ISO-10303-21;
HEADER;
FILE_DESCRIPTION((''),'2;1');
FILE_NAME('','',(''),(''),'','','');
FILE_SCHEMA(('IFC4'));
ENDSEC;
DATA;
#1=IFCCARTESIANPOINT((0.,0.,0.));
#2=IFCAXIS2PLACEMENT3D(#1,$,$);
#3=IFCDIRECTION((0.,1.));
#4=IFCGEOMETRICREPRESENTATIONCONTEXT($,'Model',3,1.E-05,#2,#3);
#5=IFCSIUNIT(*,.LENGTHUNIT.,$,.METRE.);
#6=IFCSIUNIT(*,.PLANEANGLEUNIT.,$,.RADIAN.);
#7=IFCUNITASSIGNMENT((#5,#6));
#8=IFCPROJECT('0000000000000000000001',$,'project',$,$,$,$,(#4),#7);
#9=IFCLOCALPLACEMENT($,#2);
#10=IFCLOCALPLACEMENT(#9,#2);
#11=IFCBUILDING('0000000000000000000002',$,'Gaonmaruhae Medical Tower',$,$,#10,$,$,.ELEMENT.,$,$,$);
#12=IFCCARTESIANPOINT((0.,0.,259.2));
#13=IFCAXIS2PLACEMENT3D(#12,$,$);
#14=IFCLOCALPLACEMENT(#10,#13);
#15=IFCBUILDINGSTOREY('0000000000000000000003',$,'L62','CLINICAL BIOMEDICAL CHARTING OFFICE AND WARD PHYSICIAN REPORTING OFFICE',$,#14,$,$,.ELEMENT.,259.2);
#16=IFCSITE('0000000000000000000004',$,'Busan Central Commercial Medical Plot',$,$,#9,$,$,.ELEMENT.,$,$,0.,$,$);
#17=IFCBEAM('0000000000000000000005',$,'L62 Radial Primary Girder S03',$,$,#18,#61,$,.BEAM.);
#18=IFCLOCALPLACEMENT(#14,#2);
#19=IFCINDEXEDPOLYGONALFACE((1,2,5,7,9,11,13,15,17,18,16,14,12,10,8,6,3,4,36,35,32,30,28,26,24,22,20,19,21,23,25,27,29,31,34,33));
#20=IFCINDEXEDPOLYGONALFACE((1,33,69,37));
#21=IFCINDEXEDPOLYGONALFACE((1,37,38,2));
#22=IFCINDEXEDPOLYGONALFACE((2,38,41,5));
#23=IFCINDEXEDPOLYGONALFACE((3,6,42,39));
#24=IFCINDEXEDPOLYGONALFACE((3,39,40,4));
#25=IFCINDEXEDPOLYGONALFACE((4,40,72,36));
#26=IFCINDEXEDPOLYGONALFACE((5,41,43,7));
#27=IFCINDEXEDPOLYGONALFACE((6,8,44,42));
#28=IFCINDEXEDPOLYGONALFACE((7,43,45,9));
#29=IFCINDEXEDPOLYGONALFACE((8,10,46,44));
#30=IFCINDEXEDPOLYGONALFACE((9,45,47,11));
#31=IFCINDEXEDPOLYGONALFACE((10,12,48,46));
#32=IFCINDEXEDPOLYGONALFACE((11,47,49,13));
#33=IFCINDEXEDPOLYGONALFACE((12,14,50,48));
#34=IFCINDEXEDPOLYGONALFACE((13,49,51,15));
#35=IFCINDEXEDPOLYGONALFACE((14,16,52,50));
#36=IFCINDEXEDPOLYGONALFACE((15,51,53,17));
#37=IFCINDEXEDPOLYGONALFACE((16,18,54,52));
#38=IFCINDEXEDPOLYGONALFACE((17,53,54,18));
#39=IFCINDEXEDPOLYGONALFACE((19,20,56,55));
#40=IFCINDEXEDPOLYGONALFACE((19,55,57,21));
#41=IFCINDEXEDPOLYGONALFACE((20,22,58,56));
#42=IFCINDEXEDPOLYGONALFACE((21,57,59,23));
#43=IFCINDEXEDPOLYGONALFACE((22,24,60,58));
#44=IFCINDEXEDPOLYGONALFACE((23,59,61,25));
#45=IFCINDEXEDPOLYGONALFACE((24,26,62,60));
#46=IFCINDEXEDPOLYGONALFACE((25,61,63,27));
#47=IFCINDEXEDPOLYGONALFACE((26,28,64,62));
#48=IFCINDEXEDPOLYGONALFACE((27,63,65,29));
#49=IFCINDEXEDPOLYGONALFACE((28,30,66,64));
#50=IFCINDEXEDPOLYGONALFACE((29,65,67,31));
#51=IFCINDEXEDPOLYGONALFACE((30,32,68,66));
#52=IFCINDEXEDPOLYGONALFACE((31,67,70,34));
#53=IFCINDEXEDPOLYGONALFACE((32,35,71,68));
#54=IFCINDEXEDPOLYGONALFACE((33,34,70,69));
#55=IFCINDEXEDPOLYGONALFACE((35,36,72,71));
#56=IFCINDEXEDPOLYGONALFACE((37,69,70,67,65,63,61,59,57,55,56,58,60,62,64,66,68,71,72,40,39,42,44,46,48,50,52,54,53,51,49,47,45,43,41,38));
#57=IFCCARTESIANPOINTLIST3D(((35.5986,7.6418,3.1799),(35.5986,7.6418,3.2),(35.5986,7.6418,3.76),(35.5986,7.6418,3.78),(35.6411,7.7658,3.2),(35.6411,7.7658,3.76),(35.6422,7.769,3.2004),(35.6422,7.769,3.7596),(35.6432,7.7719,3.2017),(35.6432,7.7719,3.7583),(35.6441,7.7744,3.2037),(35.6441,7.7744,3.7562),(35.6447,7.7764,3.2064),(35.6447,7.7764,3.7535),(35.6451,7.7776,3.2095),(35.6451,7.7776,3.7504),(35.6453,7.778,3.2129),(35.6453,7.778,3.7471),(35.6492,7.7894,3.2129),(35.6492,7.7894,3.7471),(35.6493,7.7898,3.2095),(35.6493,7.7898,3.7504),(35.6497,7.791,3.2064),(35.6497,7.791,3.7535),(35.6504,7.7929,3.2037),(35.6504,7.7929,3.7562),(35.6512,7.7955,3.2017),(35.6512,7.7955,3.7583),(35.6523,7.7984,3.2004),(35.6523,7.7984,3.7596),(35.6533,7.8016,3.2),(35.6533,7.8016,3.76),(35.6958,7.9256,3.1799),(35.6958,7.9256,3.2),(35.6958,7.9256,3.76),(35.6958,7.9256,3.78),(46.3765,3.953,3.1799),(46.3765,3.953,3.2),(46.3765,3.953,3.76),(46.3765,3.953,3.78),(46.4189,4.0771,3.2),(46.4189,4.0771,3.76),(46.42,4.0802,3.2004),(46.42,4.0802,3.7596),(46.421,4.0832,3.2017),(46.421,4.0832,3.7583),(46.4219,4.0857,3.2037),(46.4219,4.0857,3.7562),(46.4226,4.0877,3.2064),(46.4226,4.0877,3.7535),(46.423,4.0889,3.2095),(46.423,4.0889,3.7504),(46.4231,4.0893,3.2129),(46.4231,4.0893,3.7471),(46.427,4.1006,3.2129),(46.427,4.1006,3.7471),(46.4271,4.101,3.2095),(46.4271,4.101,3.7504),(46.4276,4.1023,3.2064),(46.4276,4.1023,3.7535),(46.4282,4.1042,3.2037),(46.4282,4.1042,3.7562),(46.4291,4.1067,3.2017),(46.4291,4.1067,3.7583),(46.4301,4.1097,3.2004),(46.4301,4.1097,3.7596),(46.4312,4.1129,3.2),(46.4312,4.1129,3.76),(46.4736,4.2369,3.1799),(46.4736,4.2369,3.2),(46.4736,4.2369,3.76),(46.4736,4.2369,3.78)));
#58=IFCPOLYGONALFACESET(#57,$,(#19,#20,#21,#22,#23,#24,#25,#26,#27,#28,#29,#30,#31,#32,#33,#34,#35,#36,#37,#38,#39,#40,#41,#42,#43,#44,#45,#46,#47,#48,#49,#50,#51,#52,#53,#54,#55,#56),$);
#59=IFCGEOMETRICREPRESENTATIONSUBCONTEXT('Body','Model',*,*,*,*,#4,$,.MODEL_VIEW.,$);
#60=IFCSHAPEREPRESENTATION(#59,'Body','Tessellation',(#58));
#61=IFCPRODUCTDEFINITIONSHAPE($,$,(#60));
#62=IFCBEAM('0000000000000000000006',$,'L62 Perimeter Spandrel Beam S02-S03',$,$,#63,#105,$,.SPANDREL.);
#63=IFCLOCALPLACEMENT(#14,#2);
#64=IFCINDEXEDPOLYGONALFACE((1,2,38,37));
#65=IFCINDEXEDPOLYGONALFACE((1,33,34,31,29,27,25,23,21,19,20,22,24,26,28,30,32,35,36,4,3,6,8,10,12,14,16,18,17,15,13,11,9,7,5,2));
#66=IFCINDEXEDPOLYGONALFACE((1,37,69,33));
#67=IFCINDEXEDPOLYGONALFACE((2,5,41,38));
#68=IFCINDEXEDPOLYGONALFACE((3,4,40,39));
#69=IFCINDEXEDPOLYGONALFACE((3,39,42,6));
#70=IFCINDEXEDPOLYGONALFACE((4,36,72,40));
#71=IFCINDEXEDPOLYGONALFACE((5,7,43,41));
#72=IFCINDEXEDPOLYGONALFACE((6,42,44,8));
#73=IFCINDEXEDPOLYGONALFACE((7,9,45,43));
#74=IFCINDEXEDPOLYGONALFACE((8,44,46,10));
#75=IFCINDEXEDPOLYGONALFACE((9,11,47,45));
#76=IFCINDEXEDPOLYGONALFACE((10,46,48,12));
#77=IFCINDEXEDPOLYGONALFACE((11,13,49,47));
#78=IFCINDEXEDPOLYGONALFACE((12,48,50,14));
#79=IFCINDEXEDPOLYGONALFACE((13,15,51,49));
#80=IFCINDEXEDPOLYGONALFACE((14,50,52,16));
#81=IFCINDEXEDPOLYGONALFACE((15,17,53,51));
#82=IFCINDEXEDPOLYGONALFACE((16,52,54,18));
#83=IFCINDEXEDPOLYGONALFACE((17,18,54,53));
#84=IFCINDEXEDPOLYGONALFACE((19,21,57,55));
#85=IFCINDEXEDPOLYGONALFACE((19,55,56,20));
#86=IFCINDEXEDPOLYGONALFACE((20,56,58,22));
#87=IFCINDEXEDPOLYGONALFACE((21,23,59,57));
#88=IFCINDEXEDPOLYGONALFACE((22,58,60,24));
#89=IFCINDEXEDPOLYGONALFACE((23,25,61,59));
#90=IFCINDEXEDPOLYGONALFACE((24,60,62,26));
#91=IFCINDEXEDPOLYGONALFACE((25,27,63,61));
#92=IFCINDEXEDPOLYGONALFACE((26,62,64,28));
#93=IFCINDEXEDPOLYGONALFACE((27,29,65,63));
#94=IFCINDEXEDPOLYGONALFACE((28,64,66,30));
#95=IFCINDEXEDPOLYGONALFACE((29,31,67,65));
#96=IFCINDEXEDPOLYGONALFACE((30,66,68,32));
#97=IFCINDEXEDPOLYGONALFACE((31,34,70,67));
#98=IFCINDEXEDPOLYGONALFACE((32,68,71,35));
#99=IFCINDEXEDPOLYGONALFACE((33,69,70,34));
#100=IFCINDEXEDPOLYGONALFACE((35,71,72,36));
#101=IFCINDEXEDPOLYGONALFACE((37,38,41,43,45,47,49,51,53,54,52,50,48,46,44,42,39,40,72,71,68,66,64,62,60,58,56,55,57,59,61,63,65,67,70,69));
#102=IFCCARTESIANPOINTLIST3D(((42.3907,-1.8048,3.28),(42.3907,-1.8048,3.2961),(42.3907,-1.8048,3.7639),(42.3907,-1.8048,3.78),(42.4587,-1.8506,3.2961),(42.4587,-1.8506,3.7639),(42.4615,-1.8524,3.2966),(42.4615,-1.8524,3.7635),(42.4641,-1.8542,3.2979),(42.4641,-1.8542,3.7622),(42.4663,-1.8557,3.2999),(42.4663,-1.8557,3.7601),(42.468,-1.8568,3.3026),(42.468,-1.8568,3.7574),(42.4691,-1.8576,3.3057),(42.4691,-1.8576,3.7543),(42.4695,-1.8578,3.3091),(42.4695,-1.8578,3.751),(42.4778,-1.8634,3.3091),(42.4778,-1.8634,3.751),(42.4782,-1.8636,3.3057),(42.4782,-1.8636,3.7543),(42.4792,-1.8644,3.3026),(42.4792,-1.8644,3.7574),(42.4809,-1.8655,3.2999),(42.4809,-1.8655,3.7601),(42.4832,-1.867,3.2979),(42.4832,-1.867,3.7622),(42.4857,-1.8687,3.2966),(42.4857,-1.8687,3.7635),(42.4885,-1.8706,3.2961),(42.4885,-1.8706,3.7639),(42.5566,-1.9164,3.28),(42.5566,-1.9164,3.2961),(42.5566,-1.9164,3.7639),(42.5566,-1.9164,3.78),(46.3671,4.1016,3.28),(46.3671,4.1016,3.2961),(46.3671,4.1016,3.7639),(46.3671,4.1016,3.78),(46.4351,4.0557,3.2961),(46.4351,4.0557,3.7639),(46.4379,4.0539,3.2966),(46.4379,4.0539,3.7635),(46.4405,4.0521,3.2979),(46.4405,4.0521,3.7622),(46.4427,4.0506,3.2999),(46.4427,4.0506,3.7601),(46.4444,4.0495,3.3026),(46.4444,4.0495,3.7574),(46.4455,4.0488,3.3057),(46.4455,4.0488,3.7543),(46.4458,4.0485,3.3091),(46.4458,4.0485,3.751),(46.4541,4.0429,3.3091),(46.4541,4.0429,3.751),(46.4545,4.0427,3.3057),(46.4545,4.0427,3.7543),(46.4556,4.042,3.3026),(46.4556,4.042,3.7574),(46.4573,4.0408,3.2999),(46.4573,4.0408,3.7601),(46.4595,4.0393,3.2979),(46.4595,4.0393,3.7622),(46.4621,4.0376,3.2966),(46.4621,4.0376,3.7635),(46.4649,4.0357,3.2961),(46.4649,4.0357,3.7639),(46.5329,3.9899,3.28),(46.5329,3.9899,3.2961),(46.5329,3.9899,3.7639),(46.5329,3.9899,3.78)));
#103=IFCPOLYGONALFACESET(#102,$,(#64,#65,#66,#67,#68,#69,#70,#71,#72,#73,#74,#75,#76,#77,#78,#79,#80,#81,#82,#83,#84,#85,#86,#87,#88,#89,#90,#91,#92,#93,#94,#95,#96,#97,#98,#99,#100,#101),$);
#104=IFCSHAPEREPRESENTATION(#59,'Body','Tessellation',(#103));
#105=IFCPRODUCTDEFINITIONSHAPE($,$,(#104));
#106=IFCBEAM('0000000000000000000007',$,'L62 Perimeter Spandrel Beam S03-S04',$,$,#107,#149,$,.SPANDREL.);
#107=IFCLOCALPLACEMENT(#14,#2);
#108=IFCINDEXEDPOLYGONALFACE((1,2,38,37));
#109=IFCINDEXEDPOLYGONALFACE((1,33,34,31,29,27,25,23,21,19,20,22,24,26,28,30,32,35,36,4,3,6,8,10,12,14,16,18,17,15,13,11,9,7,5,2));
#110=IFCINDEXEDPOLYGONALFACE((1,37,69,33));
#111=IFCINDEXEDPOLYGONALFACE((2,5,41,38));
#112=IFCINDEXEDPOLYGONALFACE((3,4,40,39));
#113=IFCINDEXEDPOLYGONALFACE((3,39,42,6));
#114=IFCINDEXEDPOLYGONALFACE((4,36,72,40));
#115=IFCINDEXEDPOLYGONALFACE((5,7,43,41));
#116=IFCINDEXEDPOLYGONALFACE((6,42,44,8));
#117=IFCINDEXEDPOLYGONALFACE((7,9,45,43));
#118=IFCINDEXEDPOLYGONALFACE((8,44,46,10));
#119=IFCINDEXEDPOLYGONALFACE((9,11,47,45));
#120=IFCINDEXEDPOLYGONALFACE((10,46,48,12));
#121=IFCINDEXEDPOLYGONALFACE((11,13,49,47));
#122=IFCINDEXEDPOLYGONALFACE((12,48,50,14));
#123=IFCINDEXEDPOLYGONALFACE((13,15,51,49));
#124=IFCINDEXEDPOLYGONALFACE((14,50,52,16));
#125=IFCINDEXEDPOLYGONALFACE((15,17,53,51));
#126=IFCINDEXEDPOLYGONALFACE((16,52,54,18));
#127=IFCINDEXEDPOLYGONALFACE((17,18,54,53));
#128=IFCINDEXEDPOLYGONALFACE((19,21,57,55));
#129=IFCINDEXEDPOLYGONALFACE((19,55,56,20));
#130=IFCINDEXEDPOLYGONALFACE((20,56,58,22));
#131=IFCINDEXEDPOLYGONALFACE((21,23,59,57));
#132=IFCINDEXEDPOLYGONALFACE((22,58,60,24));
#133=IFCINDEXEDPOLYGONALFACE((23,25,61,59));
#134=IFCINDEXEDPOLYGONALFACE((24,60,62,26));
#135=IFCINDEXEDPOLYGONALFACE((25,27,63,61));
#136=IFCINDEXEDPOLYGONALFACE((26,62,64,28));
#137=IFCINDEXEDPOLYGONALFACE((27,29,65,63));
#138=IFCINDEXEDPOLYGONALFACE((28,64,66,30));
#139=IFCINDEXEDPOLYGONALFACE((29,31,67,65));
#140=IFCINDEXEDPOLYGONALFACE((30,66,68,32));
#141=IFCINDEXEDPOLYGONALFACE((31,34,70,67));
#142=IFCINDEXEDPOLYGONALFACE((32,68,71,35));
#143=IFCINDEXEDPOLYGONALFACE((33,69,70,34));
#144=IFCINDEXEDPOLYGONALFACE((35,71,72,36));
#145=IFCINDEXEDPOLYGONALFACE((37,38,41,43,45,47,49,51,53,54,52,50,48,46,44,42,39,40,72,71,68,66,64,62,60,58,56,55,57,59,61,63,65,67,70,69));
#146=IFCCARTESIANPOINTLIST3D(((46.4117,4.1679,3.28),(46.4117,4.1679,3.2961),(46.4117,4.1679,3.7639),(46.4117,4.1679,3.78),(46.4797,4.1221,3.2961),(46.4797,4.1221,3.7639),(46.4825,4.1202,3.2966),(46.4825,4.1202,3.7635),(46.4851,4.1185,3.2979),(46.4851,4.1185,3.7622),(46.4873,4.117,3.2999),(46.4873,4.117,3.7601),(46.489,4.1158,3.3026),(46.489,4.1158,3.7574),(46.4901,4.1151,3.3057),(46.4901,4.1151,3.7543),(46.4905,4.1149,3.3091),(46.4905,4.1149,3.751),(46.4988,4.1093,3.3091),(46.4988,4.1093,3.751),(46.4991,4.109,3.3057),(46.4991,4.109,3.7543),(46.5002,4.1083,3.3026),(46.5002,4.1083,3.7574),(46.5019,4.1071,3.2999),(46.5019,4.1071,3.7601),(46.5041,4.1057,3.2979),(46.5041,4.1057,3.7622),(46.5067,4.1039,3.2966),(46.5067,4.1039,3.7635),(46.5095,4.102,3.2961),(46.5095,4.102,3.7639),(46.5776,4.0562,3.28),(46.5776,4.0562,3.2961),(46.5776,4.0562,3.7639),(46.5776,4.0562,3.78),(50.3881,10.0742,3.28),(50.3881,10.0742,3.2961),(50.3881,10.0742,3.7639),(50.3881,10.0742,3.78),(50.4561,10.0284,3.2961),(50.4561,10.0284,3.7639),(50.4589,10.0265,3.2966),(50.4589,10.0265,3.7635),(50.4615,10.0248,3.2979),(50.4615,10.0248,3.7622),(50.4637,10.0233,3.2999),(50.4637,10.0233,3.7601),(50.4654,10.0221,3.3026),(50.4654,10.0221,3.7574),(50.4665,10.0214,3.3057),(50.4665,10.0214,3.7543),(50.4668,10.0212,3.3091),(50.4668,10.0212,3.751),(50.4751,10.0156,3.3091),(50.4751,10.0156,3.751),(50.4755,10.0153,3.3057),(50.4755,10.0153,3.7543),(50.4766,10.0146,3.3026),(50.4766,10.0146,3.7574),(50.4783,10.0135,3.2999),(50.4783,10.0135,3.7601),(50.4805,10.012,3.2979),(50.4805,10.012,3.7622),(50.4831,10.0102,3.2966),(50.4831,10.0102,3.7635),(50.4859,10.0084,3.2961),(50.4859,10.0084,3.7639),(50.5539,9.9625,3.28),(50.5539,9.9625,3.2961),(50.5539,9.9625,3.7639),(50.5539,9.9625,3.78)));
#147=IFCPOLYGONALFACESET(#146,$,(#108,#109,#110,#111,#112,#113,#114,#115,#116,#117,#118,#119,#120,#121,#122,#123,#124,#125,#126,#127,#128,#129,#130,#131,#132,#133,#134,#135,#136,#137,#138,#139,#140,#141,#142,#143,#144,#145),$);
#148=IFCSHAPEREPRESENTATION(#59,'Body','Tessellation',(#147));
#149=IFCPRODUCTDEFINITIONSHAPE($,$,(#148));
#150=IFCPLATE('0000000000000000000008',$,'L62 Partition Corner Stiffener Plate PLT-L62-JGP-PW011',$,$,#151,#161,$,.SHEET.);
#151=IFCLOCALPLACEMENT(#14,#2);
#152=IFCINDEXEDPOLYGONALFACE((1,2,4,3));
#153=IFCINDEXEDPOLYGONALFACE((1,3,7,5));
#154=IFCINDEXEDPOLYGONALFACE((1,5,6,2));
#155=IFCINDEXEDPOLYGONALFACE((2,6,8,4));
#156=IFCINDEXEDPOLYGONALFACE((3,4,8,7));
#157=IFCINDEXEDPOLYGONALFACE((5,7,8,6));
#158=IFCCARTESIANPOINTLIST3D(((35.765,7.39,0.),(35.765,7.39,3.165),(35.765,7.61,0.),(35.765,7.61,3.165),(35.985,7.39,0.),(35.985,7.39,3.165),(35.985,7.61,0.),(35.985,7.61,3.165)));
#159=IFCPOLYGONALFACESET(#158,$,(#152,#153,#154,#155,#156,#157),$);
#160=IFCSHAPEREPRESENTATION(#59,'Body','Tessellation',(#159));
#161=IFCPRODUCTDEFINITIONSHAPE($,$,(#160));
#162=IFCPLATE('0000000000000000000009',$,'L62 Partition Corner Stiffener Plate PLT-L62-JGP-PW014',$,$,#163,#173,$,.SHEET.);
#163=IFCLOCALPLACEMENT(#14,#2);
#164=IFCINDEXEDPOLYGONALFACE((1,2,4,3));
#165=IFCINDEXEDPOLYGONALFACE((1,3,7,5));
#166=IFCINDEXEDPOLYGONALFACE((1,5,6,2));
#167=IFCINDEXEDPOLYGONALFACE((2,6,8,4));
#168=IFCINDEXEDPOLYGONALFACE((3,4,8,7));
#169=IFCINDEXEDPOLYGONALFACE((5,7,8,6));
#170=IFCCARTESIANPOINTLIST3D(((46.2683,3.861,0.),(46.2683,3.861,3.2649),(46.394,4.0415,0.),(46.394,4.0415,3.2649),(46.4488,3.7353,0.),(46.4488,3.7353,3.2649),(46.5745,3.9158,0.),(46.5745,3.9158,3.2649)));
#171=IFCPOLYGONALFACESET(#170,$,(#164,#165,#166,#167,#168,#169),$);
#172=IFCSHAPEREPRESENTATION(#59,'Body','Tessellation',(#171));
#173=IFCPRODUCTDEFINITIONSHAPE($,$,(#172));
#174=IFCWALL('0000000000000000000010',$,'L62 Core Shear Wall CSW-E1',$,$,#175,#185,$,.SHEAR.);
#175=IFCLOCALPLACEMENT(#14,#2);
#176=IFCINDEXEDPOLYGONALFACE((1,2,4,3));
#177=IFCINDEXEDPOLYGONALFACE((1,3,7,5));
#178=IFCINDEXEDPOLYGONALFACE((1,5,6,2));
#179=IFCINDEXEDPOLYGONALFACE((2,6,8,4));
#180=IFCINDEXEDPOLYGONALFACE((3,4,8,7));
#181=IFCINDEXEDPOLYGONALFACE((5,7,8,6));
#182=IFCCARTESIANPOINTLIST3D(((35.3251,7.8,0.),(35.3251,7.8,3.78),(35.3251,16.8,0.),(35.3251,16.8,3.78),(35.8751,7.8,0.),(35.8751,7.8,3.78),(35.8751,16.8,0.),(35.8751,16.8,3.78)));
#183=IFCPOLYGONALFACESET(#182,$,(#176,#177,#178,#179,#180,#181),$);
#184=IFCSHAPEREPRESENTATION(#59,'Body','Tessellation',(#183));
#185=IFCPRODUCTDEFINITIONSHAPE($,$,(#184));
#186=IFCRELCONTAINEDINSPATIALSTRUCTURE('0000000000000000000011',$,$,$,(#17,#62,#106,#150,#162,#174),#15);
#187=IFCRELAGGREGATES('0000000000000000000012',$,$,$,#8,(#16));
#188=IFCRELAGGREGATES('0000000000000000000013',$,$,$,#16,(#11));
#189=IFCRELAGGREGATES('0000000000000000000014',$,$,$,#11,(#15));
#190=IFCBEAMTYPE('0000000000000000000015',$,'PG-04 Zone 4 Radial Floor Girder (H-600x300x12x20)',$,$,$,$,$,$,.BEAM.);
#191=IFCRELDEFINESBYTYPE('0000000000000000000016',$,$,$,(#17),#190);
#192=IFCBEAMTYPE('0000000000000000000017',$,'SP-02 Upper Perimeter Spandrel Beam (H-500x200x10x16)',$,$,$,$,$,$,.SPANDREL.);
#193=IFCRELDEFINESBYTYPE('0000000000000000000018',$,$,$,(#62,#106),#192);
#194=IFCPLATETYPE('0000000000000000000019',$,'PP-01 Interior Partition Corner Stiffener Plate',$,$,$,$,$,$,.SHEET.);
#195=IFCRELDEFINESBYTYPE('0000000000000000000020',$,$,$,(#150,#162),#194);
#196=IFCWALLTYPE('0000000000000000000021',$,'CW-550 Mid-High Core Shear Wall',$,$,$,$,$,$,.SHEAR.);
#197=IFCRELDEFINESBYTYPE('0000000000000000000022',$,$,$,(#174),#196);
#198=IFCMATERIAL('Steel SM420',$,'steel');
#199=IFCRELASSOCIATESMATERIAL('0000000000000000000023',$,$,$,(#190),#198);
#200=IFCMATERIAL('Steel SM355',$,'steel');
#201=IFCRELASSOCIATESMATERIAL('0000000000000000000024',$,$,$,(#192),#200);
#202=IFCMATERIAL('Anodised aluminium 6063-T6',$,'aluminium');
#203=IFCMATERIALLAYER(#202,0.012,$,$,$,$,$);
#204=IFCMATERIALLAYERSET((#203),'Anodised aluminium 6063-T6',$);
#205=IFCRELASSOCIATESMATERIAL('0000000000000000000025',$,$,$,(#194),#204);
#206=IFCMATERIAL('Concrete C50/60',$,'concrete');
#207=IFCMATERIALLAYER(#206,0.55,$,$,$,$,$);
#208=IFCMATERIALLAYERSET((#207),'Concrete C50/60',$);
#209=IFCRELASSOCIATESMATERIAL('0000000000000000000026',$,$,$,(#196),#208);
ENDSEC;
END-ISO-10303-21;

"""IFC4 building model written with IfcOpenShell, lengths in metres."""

from ifc_helpers import new_model, si_unit, direction, frame, frame_2d, origin, origin_2d, place, context, subcontext, project, spatial, rectangle, i_section, extrude, material, layer, layer_set, material_profile, profile_set, type_object, element, save


model = new_model("IFC4")

# Units and contexts
model_context = context("Model", 3, precision=1e-05, world=origin(), true_north=direction((0.0, 1.0)))
body_context = subcontext(model_context, "Body", "Model", "MODEL_VIEW")
ifc_project = project(units=[si_unit("LENGTHUNIT", "METRE"), si_unit("PLANEANGLEUNIT", "RADIAN")], contexts=[model_context])

# Site, building, storey
site_placement = place(None, origin())
site = spatial("IfcSite", under=ifc_project, at=site_placement, Name="Busan Central Commercial Medical Plot", CompositionType="ELEMENT", RefElevation=0.0)
building_placement = place(site_placement, origin())
building = spatial("IfcBuilding", under=site, at=building_placement, Name="Gaonmaruhae Medical Tower", CompositionType="ELEMENT")
storey_placement = place(building_placement, frame((0.0, 0.0, 259.2)))
storey = spatial("IfcBuildingStorey", under=building, at=storey_placement, Name="L62", Description="CLINICAL BIOMEDICAL CHARTING OFFICE AND WARD PHYSICIAN REPORTING OFFICE", CompositionType="ELEMENT", Elevation=259.2)

# Shared definitions
ifc_material_1 = material(Name="Concrete C50/60", Category="concrete")

# Beams
ifc_material_2 = material(Name="Steel SM355", Category="steel")
ifc_material_3 = material(Name="Steel SM420", Category="steel")
ifc_material_profile_1 = material_profile(ifc_material_3, i_section(OverallWidth=0.3, OverallDepth=0.6001, WebThickness=0.012, FlangeThickness=0.02, FilletRadius=0.0129, at=origin_2d()), Name="H-600x300x12x20")
ifc_profile_set_1 = profile_set([ifc_material_profile_1], Name="Steel SM420")
beam_type_1 = type_object("IfcBeamType", Name="PG-04 Zone 4 Radial Floor Girder (H-600x300x12x20)", PredefinedType="BEAM", material=ifc_profile_set_1)
beam_1_placement = place(storey_placement, frame((35.6472, 7.7837, 3.48), z_axis=(0.946122, -0.323811, 0.0), x_axis=(0.323811, 0.946122, 0.0)))
element("IfcBeam", 1, at=beam_1_placement, inside=storey, type_object=beam_type_1, Name="L62 Radial Primary Girder S03", PredefinedType="BEAM", context=body_context, shape_type="SweptSolid", body=[
    extrude(i_section(OverallWidth=0.3, OverallDepth=0.6001, WebThickness=0.012, FlangeThickness=0.02, FilletRadius=0.0129, at=origin_2d()), origin(), (0.0, 0.0, 1.0), 11.3916),
])
ifc_material_profile_2 = material_profile(ifc_material_2, i_section(OverallWidth=0.2, OverallDepth=0.5, WebThickness=0.01, FlangeThickness=0.0161, FilletRadius=0.0129, at=origin_2d()), Name="H-500x200x10x16")
ifc_profile_set_2 = profile_set([ifc_material_profile_2], Name="Steel SM355")
beam_type_2 = type_object("IfcBeamType", Name="SP-02 Upper Perimeter Spandrel Beam (H-500x200x10x16)", PredefinedType="SPANDREL", material=ifc_profile_set_2)
for number, where, z_axis, x_axis, name in (
    (2, (42.4736, -1.8606, 3.53), (0.558469, 0.829525, 0.0), (-0.829525, 0.558469, 0.0), "L62 Perimeter Spandrel Beam S02-S03"),
    (3, (46.4946, 4.1121, 3.53), (0.558469, 0.829525, 0.0), (-0.829525, 0.558469, 0.0), "L62 Perimeter Spandrel Beam S03-S04"),
):
    element("IfcBeam", number, at=place(storey_placement, frame(where, z_axis=z_axis, x_axis=x_axis)), inside=storey, type_object=beam_type_2, Name=name, PredefinedType="SPANDREL", context=body_context, shape_type="SweptSolid", body=[
        extrude(i_section(OverallWidth=0.2, OverallDepth=0.5, WebThickness=0.01, FlangeThickness=0.0161, FilletRadius=0.0129, at=origin_2d()), origin(), (0.0, 0.0, 1.0), 7.1201),
    ])

# Plates
ifc_material_4 = material(Name="Anodised aluminium 6063-T6", Category="aluminium")
ifc_layer_1 = layer(ifc_material_4, 0.012)
ifc_layer_set_1 = layer_set([ifc_layer_1], Name="Anodised aluminium 6063-T6")
plate_type = type_object("IfcPlateType", Name="PP-01 Interior Partition Corner Stiffener Plate", PredefinedType="SHEET", material=ifc_layer_set_1)
plate_1_placement = place(storey_placement, frame((35.875, 7.5, 0.0), z_axis=(0.0, 0.0, 1.0), x_axis=(1.0, 0.0, 0.0)))
element("IfcPlate", 4, at=plate_1_placement, inside=storey, type_object=plate_type, Name="L62 Partition Corner Stiffener Plate PLT-L62-JGP-PW011", PredefinedType="SHEET", context=body_context, shape_type="SweptSolid", body=[
    extrude(rectangle(XDim=0.22, YDim=0.22, at=origin_2d()), origin(), (0.0, 0.0, 1.0), 3.165),
])
plate_2_placement = place(storey_placement, frame((46.4214, 3.8884, 0.0), z_axis=(0.0, 0.0, 1.0), x_axis=(-0.571473, -0.820621, 0.0)))
element("IfcPlate", 5, at=plate_2_placement, inside=storey, type_object=plate_type, Name="L62 Partition Corner Stiffener Plate PLT-L62-JGP-PW014", PredefinedType="SHEET", context=body_context, shape_type="SweptSolid", body=[
    extrude(rectangle(XDim=0.22, YDim=0.22, at=origin_2d()), origin(), (0.0, 0.0, 1.0), 3.2649),
])

# Wall
ifc_layer_2 = layer(ifc_material_1, 0.55)
ifc_layer_set_2 = layer_set([ifc_layer_2], Name="Concrete C50/60")
wall_type_1 = type_object("IfcWallType", Name="CW-550 Mid-High Core Shear Wall", PredefinedType="SHEAR", material=ifc_layer_set_2)
wall_1_placement = place(storey_placement, frame((35.6001, 7.8, 0.0), z_axis=(0.0, 0.0, 1.0), x_axis=(0.0, 1.0, 0.0)))
element("IfcWall", 6, at=wall_1_placement, inside=storey, type_object=wall_type_1, Name="L62 Core Shear Wall CSW-E1", PredefinedType="SHEAR", context=body_context, shape_type="SweptSolid", body=[
    extrude(rectangle(XDim=9.0, YDim=0.55, at=frame_2d((4.5, 0.0))), origin(), (0.0, 0.0, 1.0), 3.78),
])

save(model, "model.ifc")
